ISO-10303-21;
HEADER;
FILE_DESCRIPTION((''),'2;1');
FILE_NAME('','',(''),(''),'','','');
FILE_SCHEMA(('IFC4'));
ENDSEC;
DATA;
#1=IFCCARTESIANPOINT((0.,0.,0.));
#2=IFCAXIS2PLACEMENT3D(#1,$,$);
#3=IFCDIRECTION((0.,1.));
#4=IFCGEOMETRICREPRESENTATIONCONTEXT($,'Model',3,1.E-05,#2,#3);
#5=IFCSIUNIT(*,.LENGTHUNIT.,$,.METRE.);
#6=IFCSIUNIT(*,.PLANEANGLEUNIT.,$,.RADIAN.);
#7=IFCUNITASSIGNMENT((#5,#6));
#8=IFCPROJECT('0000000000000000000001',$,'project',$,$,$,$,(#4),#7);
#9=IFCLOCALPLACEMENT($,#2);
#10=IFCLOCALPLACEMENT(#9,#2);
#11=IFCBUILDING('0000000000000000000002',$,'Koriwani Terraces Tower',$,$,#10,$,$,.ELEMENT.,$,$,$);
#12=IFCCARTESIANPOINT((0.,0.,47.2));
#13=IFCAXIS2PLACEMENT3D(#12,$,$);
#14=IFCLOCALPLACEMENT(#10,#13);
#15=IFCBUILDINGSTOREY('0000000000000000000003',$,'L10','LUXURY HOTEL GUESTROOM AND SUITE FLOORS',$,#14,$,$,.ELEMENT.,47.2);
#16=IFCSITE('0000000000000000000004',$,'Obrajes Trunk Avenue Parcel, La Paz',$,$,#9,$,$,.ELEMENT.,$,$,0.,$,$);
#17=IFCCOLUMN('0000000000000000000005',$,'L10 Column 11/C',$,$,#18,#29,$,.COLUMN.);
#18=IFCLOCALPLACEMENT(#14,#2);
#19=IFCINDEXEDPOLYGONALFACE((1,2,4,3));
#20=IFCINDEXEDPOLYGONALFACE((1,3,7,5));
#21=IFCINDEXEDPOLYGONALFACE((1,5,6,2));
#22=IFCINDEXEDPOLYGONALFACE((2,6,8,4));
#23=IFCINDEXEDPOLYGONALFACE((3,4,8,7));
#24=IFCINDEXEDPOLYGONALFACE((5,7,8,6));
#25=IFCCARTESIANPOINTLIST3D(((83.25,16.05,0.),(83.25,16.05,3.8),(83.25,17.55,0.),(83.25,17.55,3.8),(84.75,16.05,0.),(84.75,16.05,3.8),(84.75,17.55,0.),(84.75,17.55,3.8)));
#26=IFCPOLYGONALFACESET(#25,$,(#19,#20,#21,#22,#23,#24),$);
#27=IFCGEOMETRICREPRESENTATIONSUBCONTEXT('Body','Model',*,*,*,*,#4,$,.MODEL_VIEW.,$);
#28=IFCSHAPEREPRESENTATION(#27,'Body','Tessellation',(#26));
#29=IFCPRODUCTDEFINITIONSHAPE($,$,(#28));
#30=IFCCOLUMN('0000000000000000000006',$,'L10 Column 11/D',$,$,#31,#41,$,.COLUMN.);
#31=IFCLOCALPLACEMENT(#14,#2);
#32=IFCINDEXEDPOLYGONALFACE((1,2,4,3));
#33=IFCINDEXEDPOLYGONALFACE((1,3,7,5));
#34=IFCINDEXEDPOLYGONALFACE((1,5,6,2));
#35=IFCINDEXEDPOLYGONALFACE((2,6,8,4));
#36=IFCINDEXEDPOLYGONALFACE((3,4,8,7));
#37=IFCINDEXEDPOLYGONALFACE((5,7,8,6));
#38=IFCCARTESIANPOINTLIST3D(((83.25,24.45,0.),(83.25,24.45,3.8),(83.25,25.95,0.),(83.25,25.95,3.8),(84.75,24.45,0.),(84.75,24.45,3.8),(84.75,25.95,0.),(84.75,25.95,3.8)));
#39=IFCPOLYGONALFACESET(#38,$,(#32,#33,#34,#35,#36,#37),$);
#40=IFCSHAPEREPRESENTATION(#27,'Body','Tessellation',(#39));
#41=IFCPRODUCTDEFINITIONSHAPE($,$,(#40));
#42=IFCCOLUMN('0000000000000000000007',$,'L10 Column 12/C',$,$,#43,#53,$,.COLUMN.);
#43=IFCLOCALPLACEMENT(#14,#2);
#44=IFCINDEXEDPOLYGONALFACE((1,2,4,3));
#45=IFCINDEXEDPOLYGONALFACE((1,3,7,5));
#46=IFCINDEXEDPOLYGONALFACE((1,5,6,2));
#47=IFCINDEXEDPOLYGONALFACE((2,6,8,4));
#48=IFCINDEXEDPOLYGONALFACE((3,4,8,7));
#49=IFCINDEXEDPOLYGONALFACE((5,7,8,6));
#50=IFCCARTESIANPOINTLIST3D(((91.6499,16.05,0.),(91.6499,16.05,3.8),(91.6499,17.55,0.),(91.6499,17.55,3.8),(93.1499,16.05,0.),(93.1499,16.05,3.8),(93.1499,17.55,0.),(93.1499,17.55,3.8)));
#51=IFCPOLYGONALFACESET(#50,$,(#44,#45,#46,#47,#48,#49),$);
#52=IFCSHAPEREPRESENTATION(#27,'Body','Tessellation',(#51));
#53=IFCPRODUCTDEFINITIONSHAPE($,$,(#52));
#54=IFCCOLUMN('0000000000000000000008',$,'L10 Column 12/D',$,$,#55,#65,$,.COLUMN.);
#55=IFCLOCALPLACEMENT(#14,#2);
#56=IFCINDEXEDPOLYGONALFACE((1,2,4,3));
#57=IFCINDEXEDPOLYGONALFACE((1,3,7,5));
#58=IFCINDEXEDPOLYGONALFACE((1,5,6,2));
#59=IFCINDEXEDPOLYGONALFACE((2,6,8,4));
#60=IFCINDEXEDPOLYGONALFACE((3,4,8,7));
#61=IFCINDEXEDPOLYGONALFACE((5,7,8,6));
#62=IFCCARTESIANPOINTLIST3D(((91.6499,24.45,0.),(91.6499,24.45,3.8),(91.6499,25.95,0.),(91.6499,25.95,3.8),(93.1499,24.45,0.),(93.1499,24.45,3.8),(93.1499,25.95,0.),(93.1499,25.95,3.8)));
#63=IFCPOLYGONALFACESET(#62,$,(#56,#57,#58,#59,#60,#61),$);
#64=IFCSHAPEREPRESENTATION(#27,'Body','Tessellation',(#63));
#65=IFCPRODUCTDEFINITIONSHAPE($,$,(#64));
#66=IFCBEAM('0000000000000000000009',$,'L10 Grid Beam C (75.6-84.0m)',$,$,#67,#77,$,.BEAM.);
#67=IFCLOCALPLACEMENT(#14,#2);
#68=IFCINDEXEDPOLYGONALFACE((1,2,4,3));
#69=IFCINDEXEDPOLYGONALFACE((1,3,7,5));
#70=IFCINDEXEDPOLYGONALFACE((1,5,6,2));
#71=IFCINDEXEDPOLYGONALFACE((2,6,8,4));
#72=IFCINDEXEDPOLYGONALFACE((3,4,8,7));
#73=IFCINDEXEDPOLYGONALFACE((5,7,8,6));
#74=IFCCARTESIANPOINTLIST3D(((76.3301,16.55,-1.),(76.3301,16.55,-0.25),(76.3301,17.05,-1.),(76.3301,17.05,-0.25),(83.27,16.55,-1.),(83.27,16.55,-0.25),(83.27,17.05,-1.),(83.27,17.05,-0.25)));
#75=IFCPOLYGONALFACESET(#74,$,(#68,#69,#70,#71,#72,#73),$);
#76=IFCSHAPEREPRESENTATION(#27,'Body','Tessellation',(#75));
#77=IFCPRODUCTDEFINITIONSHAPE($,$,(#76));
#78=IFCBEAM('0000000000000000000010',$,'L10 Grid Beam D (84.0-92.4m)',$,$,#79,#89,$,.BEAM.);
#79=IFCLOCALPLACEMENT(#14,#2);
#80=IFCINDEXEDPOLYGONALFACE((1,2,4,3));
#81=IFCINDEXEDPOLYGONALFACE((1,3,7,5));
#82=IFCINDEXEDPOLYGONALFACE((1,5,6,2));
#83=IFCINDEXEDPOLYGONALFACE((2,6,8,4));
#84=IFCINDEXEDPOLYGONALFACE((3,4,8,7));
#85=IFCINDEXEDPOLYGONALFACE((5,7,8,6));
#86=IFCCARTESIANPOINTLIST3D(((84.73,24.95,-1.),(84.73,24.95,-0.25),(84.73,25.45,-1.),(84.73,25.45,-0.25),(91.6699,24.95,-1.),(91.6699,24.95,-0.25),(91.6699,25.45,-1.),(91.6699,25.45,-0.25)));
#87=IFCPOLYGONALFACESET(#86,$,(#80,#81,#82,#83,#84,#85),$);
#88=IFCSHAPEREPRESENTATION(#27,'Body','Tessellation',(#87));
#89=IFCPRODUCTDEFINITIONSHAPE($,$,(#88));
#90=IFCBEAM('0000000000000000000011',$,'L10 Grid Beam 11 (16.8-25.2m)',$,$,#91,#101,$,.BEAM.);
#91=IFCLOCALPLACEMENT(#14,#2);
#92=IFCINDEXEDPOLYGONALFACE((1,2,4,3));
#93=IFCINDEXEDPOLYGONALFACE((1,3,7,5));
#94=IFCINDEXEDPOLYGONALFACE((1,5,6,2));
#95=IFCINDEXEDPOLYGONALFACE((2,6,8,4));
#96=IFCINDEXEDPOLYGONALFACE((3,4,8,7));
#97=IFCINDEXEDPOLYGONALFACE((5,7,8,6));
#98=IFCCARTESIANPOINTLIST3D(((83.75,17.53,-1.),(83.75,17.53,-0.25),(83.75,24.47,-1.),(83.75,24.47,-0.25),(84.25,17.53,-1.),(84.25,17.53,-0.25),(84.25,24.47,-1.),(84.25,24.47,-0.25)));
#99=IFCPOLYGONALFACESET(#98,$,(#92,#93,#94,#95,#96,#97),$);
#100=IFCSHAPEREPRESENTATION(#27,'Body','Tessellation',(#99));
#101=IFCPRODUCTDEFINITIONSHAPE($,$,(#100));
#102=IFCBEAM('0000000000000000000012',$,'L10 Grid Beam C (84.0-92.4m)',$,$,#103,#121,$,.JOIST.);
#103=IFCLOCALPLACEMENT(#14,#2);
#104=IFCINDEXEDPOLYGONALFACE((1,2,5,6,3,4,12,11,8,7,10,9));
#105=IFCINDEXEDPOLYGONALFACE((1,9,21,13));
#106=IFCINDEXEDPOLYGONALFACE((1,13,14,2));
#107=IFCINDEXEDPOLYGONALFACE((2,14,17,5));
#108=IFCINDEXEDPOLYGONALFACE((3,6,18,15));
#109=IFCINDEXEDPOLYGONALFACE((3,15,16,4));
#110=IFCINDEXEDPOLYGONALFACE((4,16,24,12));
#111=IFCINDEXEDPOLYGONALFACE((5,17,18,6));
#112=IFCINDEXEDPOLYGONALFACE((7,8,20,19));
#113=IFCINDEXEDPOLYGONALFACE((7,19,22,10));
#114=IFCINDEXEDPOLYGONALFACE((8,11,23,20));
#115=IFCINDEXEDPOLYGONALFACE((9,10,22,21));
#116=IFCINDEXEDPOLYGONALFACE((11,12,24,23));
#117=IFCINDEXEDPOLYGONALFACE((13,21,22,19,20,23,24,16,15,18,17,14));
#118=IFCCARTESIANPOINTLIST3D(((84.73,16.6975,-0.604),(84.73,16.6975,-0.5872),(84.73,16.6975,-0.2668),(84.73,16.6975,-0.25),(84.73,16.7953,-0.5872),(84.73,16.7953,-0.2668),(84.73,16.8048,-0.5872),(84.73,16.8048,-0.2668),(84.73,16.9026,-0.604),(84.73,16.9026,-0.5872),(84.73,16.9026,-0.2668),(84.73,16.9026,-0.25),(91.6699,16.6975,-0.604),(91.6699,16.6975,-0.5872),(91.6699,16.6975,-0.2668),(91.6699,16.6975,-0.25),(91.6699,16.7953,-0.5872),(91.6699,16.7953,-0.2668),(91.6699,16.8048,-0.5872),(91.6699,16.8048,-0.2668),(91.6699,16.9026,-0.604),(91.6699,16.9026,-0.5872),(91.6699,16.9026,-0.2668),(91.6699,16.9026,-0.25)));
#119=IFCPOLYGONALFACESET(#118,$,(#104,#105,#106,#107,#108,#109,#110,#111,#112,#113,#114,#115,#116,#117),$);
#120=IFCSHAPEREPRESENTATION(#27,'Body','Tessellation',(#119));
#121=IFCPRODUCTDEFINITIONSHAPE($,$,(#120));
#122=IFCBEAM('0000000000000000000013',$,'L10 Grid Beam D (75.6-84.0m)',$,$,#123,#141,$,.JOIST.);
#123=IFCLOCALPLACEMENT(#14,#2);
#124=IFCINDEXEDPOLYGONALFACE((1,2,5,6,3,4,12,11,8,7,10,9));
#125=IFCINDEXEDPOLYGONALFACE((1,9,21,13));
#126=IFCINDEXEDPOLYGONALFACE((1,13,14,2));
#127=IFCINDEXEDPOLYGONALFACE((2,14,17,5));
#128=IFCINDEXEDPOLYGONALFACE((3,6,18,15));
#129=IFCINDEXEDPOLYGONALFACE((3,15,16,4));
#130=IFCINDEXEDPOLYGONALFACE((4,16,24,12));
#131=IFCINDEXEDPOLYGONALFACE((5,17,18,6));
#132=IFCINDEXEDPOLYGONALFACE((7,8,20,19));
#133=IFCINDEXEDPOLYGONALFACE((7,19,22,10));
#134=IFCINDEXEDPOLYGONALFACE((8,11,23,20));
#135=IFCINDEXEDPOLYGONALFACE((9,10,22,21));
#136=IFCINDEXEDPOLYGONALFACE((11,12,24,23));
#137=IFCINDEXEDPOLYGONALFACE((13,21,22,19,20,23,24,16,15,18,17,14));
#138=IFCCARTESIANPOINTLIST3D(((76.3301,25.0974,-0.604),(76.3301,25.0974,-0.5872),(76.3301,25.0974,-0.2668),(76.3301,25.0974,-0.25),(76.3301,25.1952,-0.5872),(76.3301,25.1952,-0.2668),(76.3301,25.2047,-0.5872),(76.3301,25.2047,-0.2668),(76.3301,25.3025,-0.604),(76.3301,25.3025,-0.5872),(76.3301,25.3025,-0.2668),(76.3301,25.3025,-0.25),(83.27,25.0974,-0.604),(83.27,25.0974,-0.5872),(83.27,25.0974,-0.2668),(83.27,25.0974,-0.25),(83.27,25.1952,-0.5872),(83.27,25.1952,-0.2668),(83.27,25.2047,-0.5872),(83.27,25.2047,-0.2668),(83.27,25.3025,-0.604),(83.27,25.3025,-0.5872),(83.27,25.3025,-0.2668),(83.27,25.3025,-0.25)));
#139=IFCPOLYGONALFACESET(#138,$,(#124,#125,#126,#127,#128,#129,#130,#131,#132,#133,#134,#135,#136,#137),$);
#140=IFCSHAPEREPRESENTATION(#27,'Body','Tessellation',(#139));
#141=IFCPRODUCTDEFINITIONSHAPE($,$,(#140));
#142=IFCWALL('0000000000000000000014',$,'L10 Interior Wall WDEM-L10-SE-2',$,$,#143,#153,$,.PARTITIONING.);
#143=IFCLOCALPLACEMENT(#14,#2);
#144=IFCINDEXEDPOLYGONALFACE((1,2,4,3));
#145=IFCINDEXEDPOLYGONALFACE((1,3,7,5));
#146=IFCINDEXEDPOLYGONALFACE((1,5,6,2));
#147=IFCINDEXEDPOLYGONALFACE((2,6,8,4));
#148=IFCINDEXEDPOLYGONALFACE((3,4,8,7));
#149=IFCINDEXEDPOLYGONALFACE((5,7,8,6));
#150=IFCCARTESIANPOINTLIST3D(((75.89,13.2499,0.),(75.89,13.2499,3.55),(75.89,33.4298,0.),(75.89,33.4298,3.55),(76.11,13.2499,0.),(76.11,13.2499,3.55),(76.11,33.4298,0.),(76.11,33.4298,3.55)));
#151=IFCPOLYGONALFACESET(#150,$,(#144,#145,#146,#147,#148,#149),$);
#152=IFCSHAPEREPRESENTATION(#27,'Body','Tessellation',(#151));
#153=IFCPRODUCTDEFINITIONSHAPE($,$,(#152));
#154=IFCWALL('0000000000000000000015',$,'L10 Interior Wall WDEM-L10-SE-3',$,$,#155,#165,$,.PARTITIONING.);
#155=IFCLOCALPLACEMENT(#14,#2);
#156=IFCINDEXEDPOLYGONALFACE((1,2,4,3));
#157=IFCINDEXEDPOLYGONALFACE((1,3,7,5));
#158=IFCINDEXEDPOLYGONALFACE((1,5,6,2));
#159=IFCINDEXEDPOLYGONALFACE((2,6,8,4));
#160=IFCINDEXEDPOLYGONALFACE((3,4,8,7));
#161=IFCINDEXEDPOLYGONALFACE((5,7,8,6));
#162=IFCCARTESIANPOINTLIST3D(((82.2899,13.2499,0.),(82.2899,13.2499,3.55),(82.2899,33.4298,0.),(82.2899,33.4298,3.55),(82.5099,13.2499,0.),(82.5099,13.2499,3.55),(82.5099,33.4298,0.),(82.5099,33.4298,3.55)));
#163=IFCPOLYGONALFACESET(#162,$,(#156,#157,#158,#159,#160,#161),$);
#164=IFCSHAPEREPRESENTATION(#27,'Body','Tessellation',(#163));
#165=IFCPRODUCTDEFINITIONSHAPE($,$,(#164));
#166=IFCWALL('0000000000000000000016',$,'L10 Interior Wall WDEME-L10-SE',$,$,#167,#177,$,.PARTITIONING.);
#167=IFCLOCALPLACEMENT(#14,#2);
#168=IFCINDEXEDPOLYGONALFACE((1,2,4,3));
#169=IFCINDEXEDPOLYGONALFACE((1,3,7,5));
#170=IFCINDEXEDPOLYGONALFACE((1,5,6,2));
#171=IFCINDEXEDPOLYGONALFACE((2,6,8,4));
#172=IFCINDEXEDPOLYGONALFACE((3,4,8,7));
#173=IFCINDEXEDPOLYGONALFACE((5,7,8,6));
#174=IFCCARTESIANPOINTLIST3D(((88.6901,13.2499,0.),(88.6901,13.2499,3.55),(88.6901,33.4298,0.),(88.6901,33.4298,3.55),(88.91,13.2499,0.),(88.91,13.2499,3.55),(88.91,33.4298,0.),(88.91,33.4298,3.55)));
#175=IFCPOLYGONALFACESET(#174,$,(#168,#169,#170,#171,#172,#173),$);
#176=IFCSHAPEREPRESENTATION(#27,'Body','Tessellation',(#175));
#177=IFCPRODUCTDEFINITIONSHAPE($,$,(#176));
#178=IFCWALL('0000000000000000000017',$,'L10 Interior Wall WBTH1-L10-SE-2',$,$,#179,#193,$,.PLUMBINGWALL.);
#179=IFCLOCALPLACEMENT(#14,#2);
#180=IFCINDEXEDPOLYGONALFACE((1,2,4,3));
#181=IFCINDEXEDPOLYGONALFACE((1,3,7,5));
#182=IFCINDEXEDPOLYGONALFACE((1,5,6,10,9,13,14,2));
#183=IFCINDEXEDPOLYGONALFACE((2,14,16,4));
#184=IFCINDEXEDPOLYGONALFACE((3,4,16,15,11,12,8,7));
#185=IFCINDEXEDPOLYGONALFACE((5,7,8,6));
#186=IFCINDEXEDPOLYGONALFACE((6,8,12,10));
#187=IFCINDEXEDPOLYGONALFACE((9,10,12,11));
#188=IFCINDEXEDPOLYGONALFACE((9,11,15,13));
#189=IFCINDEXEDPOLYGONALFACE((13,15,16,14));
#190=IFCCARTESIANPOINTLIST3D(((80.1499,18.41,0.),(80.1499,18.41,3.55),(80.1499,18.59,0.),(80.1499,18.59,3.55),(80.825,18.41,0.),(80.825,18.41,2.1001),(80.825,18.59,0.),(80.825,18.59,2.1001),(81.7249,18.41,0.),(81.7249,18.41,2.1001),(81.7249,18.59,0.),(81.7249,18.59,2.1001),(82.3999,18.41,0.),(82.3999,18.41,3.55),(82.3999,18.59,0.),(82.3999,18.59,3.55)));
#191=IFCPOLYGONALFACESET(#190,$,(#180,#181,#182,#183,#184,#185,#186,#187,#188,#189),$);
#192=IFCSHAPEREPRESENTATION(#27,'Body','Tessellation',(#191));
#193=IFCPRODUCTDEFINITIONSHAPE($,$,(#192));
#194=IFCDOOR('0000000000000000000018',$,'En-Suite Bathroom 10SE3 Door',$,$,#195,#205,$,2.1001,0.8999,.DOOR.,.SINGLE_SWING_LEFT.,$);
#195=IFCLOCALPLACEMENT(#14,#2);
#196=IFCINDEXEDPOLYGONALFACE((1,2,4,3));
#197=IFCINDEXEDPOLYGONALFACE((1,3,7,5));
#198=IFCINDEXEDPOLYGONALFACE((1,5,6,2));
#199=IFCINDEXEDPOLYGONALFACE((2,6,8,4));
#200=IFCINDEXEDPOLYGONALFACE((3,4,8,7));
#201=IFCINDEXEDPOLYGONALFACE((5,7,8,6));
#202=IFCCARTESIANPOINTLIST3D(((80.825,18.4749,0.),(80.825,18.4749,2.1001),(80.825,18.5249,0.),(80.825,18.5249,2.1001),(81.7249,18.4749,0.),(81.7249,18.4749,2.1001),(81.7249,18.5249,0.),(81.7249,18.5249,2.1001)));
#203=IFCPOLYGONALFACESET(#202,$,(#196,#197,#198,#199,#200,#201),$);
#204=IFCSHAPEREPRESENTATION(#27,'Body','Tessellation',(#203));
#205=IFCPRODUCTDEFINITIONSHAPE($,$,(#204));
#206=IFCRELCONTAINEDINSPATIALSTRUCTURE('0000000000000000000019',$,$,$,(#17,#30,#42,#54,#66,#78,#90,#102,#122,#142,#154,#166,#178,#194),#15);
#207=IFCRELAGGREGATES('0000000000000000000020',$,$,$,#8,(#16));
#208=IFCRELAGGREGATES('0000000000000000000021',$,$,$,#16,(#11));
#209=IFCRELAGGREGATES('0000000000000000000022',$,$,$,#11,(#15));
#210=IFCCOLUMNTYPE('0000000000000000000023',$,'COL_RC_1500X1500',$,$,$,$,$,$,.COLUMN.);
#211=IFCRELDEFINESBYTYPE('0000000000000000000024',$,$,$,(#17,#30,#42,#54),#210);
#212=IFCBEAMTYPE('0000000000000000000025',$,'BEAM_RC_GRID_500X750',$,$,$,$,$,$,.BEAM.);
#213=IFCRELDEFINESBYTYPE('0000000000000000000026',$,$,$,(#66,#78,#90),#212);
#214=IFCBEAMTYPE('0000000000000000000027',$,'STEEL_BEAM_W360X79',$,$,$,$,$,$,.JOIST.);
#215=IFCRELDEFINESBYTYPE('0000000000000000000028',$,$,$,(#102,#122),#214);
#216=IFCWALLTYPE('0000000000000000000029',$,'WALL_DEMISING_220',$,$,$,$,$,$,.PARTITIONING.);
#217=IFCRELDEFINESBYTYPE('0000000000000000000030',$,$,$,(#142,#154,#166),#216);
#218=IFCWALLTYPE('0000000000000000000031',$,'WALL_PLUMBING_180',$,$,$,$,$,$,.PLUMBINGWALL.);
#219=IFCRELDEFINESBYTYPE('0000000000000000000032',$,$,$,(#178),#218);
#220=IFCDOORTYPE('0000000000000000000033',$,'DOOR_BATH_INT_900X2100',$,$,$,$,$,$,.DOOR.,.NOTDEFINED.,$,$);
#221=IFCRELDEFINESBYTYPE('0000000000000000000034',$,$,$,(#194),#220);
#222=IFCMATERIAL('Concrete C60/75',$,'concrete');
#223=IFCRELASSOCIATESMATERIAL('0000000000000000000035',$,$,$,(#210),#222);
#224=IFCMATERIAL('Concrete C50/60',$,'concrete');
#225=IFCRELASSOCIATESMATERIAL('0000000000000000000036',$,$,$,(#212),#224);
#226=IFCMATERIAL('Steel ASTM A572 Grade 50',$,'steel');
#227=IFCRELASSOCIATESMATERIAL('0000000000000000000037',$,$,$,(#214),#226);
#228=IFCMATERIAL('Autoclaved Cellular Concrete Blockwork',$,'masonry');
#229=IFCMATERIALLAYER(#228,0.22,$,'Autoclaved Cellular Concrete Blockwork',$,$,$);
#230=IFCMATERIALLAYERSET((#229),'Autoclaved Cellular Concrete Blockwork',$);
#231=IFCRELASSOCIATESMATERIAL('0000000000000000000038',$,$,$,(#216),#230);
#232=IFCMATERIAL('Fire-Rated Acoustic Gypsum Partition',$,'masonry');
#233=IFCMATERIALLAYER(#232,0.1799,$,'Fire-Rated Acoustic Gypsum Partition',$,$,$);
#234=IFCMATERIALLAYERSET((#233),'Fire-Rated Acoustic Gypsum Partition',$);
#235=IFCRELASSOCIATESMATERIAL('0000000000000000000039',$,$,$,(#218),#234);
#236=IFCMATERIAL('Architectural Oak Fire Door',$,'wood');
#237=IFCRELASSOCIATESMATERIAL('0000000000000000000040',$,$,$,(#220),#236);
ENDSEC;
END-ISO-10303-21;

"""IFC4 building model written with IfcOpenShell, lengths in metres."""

from ifc_helpers import new_model, si_unit, direction, frame, frame_2d, origin, origin_2d, place, context, subcontext, project, spatial, rectangle, i_section, extrude, material, layer, layer_set, material_profile, profile_set, type_object, element, fill, save


model = new_model("IFC4")

# Units and contexts
model_context = context("Model", 3, precision=1e-05, world=origin(), true_north=direction((0.0, 1.0)))
body_context = subcontext(model_context, "Body", "Model", "MODEL_VIEW")
ifc_project = project(units=[si_unit("LENGTHUNIT", "METRE"), si_unit("PLANEANGLEUNIT", "RADIAN")], contexts=[model_context])

# Site, building, storey
site_placement = place(None, origin())
site = spatial("IfcSite", under=ifc_project, at=site_placement, Name="Obrajes Trunk Avenue Parcel, La Paz", CompositionType="ELEMENT", RefElevation=0.0)
building_placement = place(site_placement, origin())
building = spatial("IfcBuilding", under=site, at=building_placement, Name="Koriwani Terraces Tower", CompositionType="ELEMENT")
storey_placement = place(building_placement, frame((0.0, 0.0, 47.2)))
storey = spatial("IfcBuildingStorey", under=building, at=storey_placement, Name="L10", Description="LUXURY HOTEL GUESTROOM AND SUITE FLOORS", CompositionType="ELEMENT", Elevation=47.2)

# Columns
ifc_material_1 = material(Name="Concrete C60/75", Category="concrete")
ifc_material_profile_1 = material_profile(ifc_material_1, rectangle(XDim=1.5, YDim=1.5, at=origin_2d()), Name="Concrete C60/75", Category="LoadBearing")
ifc_profile_set_1 = profile_set([ifc_material_profile_1], Name="Concrete C60/75")
column_type = type_object("IfcColumnType", Name="COL_RC_1500X1500", PredefinedType="COLUMN", material=ifc_profile_set_1)
for number, where, z_axis, x_axis, name in (
    (1, (84.0, 16.8, 0.0), (0.0, 0.0, 1.0), (1.0, 0.0, 0.0), "L10 Column 11/C"),
    (2, (84.0, 25.2, 0.0), (0.0, 0.0, 1.0), (1.0, 0.0, 0.0), "L10 Column 11/D"),
    (3, (92.3999, 16.8, 0.0), (0.0, 0.0, 1.0), (1.0, 0.0, 0.0), "L10 Column 12/C"),
    (4, (92.3999, 25.2, 0.0), (0.0, 0.0, 1.0), (1.0, 0.0, 0.0), "L10 Column 12/D"),
):
    element("IfcColumn", number, at=place(storey_placement, frame(where, z_axis=z_axis, x_axis=x_axis)), inside=storey, type_object=column_type, Name=name, PredefinedType="COLUMN", context=body_context, shape_type="SweptSolid", body=[
        extrude(rectangle(XDim=1.5, YDim=1.5, at=origin_2d()), origin(), (0.0, 0.0, 1.0), 3.8),
    ])

# Beams
ifc_material_2 = material(Name="Concrete C50/60", Category="concrete")
ifc_material_profile_2 = material_profile(ifc_material_2, rectangle(XDim=0.5, YDim=0.75, at=origin_2d()), Name="Concrete C50/60", Category="LoadBearing")
ifc_profile_set_2 = profile_set([ifc_material_profile_2], Name="Concrete C50/60")
beam_type_1 = type_object("IfcBeamType", Name="BEAM_RC_GRID_500X750", PredefinedType="BEAM", material=ifc_profile_set_2)
for number, where, z_axis, x_axis, name in (
    (5, (76.3301, 16.8, -0.625), (1.0, 0.0, 0.0), (0.0, 1.0, 0.0), "L10 Grid Beam C (75.6-84.0m)"),
    (6, (84.73, 25.2, -0.625), (1.0, 0.0, 0.0), (0.0, 1.0, 0.0), "L10 Grid Beam D (84.0-92.4m)"),
    (7, (84.0, 17.53, -0.625), (0.0, 1.0, 0.0), (-1.0, 0.0, 0.0), "L10 Grid Beam 11 (16.8-25.2m)"),
):
    element("IfcBeam", number, at=place(storey_placement, frame(where, z_axis=z_axis, x_axis=x_axis)), inside=storey, type_object=beam_type_1, Name=name, PredefinedType="BEAM", context=body_context, shape_type="SweptSolid", body=[
        extrude(rectangle(XDim=0.5, YDim=0.75, at=origin_2d()), origin(), (0.0, 0.0, 1.0), 6.9399),
    ])
ifc_material_3 = material(Name="Steel ASTM A572 Grade 50", Category="steel")
ifc_material_profile_3 = material_profile(ifc_material_3, i_section(OverallWidth=0.2051, OverallDepth=0.354, WebThickness=0.0095, FlangeThickness=0.0168, at=origin_2d()), Name="Steel ASTM A572 Grade 50", Category="LoadBearing")
ifc_profile_set_3 = profile_set([ifc_material_profile_3], Name="Steel ASTM A572 Grade 50")
beam_type_2 = type_object("IfcBeamType", Name="STEEL_BEAM_W360X79", PredefinedType="JOIST", material=ifc_profile_set_3)
for number, where, z_axis, x_axis, name in (
    (8, (84.73, 16.8, -0.427), (1.0, 0.0, 0.0), (0.0, 1.0, 0.0), "L10 Grid Beam C (84.0-92.4m)"),
    (9, (76.3301, 25.2, -0.427), (1.0, 0.0, 0.0), (0.0, 1.0, 0.0), "L10 Grid Beam D (75.6-84.0m)"),
):
    element("IfcBeam", number, at=place(storey_placement, frame(where, z_axis=z_axis, x_axis=x_axis)), inside=storey, type_object=beam_type_2, Name=name, PredefinedType="JOIST", context=body_context, shape_type="SweptSolid", body=[
        extrude(i_section(OverallWidth=0.2051, OverallDepth=0.354, WebThickness=0.0095, FlangeThickness=0.0168, at=origin_2d()), origin(), (0.0, 0.0, 1.0), 6.9399),
    ])

# Walls
ifc_material_4 = material(Name="Autoclaved Cellular Concrete Blockwork", Category="masonry")
ifc_layer_1 = layer(ifc_material_4, 0.22, Name="Autoclaved Cellular Concrete Blockwork")
ifc_layer_set_1 = layer_set([ifc_layer_1], Name="Autoclaved Cellular Concrete Blockwork")
wall_type_1 = type_object("IfcWallType", Name="WALL_DEMISING_220", PredefinedType="PARTITIONING", material=ifc_layer_set_1)
for number, where, z_axis, x_axis, name in (
    (10, (76.0, 13.25, 0.0), (0.0, 0.0, 1.0), (0.0, 1.0, 0.0), "L10 Interior Wall WDEM-L10-SE-2"),
    (11, (82.3999, 13.25, 0.0), (0.0, 0.0, 1.0), (0.0, 1.0, 0.0), "L10 Interior Wall WDEM-L10-SE-3"),
    (12, (88.8, 13.25, 0.0), (0.0, 0.0, 1.0), (0.0, 1.0, 0.0), "L10 Interior Wall WDEME-L10-SE"),
):
    element("IfcWall", number, at=place(storey_placement, frame(where, z_axis=z_axis, x_axis=x_axis)), inside=storey, type_object=wall_type_1, Name=name, PredefinedType="PARTITIONING", context=body_context, shape_type="SweptSolid", body=[
        extrude(rectangle(XDim=20.1799, YDim=0.22, at=frame_2d((10.0898, 0.0))), origin(), (0.0, 0.0, 1.0), 3.55),
    ])

# Wall, opening, door
ifc_material_5 = material(Name="Fire-Rated Acoustic Gypsum Partition", Category="masonry")
ifc_layer_2 = layer(ifc_material_5, 0.1799, Name="Fire-Rated Acoustic Gypsum Partition")
ifc_layer_set_2 = layer_set([ifc_layer_2], Name="Fire-Rated Acoustic Gypsum Partition")
wall_type_2 = type_object("IfcWallType", Name="WALL_PLUMBING_180", PredefinedType="PLUMBINGWALL", material=ifc_layer_set_2)
wall_1_placement = place(storey_placement, frame((80.1499, 18.5, 0.0), z_axis=(0.0, 0.0, 1.0), x_axis=(1.0, 0.0, 0.0)))
wall_1 = element("IfcWall", 13, at=wall_1_placement, inside=storey, type_object=wall_type_2, Name="L10 Interior Wall WBTH1-L10-SE-2", PredefinedType="PLUMBINGWALL", context=body_context, shape_type="SweptSolid", body=[
    extrude(rectangle(XDim=2.25, YDim=0.1799, at=frame_2d((1.125, 0.0))), origin(), (0.0, 0.0, 1.0), 3.55),
])
opening_1_placement = place(wall_1_placement, frame((0.675, 0.0, 0.0)))
opening_1 = element("IfcOpeningElement", 14, at=opening_1_placement, cuts=wall_1, PredefinedType="OPENING", context=body_context, shape_type="SweptSolid", body=[
    extrude(rectangle(XDim=0.8999, YDim=2.1001, at=frame_2d((0.45, 1.05))), frame((0.0, 0.1001, 0.0), z_axis=(0.0, -1.0, 0.0), x_axis=(1.0, 0.0, 0.0)), (0.0, 0.0, 1.0), 0.2),
])
ifc_material_6 = material(Name="Architectural Oak Fire Door", Category="wood")
door_type = type_object("IfcDoorType", Name="DOOR_BATH_INT_900X2100", OperationType="NOTDEFINED", PredefinedType="DOOR", material=ifc_material_6)
door_1_placement = place(opening_1_placement, origin())
door_1 = element("IfcDoor", 15, at=door_1_placement, inside=storey, type_object=door_type, Name="En-Suite Bathroom 10SE3 Door", OperationType="SINGLE_SWING_LEFT", OverallHeight=2.1001, OverallWidth=0.8999, PredefinedType="DOOR", context=body_context, shape_type="SweptSolid", body=[
    extrude(rectangle(XDim=0.8999, YDim=2.1001, at=frame_2d((0.45, 1.05))), frame((0.0, 0.0249, 0.0), z_axis=(0.0, -1.0, 0.0), x_axis=(1.0, 0.0, 0.0)), (0.0, 0.0, 1.0), 0.05),
])
fill(opening_1, door_1)

save(model, "model.ifc")
